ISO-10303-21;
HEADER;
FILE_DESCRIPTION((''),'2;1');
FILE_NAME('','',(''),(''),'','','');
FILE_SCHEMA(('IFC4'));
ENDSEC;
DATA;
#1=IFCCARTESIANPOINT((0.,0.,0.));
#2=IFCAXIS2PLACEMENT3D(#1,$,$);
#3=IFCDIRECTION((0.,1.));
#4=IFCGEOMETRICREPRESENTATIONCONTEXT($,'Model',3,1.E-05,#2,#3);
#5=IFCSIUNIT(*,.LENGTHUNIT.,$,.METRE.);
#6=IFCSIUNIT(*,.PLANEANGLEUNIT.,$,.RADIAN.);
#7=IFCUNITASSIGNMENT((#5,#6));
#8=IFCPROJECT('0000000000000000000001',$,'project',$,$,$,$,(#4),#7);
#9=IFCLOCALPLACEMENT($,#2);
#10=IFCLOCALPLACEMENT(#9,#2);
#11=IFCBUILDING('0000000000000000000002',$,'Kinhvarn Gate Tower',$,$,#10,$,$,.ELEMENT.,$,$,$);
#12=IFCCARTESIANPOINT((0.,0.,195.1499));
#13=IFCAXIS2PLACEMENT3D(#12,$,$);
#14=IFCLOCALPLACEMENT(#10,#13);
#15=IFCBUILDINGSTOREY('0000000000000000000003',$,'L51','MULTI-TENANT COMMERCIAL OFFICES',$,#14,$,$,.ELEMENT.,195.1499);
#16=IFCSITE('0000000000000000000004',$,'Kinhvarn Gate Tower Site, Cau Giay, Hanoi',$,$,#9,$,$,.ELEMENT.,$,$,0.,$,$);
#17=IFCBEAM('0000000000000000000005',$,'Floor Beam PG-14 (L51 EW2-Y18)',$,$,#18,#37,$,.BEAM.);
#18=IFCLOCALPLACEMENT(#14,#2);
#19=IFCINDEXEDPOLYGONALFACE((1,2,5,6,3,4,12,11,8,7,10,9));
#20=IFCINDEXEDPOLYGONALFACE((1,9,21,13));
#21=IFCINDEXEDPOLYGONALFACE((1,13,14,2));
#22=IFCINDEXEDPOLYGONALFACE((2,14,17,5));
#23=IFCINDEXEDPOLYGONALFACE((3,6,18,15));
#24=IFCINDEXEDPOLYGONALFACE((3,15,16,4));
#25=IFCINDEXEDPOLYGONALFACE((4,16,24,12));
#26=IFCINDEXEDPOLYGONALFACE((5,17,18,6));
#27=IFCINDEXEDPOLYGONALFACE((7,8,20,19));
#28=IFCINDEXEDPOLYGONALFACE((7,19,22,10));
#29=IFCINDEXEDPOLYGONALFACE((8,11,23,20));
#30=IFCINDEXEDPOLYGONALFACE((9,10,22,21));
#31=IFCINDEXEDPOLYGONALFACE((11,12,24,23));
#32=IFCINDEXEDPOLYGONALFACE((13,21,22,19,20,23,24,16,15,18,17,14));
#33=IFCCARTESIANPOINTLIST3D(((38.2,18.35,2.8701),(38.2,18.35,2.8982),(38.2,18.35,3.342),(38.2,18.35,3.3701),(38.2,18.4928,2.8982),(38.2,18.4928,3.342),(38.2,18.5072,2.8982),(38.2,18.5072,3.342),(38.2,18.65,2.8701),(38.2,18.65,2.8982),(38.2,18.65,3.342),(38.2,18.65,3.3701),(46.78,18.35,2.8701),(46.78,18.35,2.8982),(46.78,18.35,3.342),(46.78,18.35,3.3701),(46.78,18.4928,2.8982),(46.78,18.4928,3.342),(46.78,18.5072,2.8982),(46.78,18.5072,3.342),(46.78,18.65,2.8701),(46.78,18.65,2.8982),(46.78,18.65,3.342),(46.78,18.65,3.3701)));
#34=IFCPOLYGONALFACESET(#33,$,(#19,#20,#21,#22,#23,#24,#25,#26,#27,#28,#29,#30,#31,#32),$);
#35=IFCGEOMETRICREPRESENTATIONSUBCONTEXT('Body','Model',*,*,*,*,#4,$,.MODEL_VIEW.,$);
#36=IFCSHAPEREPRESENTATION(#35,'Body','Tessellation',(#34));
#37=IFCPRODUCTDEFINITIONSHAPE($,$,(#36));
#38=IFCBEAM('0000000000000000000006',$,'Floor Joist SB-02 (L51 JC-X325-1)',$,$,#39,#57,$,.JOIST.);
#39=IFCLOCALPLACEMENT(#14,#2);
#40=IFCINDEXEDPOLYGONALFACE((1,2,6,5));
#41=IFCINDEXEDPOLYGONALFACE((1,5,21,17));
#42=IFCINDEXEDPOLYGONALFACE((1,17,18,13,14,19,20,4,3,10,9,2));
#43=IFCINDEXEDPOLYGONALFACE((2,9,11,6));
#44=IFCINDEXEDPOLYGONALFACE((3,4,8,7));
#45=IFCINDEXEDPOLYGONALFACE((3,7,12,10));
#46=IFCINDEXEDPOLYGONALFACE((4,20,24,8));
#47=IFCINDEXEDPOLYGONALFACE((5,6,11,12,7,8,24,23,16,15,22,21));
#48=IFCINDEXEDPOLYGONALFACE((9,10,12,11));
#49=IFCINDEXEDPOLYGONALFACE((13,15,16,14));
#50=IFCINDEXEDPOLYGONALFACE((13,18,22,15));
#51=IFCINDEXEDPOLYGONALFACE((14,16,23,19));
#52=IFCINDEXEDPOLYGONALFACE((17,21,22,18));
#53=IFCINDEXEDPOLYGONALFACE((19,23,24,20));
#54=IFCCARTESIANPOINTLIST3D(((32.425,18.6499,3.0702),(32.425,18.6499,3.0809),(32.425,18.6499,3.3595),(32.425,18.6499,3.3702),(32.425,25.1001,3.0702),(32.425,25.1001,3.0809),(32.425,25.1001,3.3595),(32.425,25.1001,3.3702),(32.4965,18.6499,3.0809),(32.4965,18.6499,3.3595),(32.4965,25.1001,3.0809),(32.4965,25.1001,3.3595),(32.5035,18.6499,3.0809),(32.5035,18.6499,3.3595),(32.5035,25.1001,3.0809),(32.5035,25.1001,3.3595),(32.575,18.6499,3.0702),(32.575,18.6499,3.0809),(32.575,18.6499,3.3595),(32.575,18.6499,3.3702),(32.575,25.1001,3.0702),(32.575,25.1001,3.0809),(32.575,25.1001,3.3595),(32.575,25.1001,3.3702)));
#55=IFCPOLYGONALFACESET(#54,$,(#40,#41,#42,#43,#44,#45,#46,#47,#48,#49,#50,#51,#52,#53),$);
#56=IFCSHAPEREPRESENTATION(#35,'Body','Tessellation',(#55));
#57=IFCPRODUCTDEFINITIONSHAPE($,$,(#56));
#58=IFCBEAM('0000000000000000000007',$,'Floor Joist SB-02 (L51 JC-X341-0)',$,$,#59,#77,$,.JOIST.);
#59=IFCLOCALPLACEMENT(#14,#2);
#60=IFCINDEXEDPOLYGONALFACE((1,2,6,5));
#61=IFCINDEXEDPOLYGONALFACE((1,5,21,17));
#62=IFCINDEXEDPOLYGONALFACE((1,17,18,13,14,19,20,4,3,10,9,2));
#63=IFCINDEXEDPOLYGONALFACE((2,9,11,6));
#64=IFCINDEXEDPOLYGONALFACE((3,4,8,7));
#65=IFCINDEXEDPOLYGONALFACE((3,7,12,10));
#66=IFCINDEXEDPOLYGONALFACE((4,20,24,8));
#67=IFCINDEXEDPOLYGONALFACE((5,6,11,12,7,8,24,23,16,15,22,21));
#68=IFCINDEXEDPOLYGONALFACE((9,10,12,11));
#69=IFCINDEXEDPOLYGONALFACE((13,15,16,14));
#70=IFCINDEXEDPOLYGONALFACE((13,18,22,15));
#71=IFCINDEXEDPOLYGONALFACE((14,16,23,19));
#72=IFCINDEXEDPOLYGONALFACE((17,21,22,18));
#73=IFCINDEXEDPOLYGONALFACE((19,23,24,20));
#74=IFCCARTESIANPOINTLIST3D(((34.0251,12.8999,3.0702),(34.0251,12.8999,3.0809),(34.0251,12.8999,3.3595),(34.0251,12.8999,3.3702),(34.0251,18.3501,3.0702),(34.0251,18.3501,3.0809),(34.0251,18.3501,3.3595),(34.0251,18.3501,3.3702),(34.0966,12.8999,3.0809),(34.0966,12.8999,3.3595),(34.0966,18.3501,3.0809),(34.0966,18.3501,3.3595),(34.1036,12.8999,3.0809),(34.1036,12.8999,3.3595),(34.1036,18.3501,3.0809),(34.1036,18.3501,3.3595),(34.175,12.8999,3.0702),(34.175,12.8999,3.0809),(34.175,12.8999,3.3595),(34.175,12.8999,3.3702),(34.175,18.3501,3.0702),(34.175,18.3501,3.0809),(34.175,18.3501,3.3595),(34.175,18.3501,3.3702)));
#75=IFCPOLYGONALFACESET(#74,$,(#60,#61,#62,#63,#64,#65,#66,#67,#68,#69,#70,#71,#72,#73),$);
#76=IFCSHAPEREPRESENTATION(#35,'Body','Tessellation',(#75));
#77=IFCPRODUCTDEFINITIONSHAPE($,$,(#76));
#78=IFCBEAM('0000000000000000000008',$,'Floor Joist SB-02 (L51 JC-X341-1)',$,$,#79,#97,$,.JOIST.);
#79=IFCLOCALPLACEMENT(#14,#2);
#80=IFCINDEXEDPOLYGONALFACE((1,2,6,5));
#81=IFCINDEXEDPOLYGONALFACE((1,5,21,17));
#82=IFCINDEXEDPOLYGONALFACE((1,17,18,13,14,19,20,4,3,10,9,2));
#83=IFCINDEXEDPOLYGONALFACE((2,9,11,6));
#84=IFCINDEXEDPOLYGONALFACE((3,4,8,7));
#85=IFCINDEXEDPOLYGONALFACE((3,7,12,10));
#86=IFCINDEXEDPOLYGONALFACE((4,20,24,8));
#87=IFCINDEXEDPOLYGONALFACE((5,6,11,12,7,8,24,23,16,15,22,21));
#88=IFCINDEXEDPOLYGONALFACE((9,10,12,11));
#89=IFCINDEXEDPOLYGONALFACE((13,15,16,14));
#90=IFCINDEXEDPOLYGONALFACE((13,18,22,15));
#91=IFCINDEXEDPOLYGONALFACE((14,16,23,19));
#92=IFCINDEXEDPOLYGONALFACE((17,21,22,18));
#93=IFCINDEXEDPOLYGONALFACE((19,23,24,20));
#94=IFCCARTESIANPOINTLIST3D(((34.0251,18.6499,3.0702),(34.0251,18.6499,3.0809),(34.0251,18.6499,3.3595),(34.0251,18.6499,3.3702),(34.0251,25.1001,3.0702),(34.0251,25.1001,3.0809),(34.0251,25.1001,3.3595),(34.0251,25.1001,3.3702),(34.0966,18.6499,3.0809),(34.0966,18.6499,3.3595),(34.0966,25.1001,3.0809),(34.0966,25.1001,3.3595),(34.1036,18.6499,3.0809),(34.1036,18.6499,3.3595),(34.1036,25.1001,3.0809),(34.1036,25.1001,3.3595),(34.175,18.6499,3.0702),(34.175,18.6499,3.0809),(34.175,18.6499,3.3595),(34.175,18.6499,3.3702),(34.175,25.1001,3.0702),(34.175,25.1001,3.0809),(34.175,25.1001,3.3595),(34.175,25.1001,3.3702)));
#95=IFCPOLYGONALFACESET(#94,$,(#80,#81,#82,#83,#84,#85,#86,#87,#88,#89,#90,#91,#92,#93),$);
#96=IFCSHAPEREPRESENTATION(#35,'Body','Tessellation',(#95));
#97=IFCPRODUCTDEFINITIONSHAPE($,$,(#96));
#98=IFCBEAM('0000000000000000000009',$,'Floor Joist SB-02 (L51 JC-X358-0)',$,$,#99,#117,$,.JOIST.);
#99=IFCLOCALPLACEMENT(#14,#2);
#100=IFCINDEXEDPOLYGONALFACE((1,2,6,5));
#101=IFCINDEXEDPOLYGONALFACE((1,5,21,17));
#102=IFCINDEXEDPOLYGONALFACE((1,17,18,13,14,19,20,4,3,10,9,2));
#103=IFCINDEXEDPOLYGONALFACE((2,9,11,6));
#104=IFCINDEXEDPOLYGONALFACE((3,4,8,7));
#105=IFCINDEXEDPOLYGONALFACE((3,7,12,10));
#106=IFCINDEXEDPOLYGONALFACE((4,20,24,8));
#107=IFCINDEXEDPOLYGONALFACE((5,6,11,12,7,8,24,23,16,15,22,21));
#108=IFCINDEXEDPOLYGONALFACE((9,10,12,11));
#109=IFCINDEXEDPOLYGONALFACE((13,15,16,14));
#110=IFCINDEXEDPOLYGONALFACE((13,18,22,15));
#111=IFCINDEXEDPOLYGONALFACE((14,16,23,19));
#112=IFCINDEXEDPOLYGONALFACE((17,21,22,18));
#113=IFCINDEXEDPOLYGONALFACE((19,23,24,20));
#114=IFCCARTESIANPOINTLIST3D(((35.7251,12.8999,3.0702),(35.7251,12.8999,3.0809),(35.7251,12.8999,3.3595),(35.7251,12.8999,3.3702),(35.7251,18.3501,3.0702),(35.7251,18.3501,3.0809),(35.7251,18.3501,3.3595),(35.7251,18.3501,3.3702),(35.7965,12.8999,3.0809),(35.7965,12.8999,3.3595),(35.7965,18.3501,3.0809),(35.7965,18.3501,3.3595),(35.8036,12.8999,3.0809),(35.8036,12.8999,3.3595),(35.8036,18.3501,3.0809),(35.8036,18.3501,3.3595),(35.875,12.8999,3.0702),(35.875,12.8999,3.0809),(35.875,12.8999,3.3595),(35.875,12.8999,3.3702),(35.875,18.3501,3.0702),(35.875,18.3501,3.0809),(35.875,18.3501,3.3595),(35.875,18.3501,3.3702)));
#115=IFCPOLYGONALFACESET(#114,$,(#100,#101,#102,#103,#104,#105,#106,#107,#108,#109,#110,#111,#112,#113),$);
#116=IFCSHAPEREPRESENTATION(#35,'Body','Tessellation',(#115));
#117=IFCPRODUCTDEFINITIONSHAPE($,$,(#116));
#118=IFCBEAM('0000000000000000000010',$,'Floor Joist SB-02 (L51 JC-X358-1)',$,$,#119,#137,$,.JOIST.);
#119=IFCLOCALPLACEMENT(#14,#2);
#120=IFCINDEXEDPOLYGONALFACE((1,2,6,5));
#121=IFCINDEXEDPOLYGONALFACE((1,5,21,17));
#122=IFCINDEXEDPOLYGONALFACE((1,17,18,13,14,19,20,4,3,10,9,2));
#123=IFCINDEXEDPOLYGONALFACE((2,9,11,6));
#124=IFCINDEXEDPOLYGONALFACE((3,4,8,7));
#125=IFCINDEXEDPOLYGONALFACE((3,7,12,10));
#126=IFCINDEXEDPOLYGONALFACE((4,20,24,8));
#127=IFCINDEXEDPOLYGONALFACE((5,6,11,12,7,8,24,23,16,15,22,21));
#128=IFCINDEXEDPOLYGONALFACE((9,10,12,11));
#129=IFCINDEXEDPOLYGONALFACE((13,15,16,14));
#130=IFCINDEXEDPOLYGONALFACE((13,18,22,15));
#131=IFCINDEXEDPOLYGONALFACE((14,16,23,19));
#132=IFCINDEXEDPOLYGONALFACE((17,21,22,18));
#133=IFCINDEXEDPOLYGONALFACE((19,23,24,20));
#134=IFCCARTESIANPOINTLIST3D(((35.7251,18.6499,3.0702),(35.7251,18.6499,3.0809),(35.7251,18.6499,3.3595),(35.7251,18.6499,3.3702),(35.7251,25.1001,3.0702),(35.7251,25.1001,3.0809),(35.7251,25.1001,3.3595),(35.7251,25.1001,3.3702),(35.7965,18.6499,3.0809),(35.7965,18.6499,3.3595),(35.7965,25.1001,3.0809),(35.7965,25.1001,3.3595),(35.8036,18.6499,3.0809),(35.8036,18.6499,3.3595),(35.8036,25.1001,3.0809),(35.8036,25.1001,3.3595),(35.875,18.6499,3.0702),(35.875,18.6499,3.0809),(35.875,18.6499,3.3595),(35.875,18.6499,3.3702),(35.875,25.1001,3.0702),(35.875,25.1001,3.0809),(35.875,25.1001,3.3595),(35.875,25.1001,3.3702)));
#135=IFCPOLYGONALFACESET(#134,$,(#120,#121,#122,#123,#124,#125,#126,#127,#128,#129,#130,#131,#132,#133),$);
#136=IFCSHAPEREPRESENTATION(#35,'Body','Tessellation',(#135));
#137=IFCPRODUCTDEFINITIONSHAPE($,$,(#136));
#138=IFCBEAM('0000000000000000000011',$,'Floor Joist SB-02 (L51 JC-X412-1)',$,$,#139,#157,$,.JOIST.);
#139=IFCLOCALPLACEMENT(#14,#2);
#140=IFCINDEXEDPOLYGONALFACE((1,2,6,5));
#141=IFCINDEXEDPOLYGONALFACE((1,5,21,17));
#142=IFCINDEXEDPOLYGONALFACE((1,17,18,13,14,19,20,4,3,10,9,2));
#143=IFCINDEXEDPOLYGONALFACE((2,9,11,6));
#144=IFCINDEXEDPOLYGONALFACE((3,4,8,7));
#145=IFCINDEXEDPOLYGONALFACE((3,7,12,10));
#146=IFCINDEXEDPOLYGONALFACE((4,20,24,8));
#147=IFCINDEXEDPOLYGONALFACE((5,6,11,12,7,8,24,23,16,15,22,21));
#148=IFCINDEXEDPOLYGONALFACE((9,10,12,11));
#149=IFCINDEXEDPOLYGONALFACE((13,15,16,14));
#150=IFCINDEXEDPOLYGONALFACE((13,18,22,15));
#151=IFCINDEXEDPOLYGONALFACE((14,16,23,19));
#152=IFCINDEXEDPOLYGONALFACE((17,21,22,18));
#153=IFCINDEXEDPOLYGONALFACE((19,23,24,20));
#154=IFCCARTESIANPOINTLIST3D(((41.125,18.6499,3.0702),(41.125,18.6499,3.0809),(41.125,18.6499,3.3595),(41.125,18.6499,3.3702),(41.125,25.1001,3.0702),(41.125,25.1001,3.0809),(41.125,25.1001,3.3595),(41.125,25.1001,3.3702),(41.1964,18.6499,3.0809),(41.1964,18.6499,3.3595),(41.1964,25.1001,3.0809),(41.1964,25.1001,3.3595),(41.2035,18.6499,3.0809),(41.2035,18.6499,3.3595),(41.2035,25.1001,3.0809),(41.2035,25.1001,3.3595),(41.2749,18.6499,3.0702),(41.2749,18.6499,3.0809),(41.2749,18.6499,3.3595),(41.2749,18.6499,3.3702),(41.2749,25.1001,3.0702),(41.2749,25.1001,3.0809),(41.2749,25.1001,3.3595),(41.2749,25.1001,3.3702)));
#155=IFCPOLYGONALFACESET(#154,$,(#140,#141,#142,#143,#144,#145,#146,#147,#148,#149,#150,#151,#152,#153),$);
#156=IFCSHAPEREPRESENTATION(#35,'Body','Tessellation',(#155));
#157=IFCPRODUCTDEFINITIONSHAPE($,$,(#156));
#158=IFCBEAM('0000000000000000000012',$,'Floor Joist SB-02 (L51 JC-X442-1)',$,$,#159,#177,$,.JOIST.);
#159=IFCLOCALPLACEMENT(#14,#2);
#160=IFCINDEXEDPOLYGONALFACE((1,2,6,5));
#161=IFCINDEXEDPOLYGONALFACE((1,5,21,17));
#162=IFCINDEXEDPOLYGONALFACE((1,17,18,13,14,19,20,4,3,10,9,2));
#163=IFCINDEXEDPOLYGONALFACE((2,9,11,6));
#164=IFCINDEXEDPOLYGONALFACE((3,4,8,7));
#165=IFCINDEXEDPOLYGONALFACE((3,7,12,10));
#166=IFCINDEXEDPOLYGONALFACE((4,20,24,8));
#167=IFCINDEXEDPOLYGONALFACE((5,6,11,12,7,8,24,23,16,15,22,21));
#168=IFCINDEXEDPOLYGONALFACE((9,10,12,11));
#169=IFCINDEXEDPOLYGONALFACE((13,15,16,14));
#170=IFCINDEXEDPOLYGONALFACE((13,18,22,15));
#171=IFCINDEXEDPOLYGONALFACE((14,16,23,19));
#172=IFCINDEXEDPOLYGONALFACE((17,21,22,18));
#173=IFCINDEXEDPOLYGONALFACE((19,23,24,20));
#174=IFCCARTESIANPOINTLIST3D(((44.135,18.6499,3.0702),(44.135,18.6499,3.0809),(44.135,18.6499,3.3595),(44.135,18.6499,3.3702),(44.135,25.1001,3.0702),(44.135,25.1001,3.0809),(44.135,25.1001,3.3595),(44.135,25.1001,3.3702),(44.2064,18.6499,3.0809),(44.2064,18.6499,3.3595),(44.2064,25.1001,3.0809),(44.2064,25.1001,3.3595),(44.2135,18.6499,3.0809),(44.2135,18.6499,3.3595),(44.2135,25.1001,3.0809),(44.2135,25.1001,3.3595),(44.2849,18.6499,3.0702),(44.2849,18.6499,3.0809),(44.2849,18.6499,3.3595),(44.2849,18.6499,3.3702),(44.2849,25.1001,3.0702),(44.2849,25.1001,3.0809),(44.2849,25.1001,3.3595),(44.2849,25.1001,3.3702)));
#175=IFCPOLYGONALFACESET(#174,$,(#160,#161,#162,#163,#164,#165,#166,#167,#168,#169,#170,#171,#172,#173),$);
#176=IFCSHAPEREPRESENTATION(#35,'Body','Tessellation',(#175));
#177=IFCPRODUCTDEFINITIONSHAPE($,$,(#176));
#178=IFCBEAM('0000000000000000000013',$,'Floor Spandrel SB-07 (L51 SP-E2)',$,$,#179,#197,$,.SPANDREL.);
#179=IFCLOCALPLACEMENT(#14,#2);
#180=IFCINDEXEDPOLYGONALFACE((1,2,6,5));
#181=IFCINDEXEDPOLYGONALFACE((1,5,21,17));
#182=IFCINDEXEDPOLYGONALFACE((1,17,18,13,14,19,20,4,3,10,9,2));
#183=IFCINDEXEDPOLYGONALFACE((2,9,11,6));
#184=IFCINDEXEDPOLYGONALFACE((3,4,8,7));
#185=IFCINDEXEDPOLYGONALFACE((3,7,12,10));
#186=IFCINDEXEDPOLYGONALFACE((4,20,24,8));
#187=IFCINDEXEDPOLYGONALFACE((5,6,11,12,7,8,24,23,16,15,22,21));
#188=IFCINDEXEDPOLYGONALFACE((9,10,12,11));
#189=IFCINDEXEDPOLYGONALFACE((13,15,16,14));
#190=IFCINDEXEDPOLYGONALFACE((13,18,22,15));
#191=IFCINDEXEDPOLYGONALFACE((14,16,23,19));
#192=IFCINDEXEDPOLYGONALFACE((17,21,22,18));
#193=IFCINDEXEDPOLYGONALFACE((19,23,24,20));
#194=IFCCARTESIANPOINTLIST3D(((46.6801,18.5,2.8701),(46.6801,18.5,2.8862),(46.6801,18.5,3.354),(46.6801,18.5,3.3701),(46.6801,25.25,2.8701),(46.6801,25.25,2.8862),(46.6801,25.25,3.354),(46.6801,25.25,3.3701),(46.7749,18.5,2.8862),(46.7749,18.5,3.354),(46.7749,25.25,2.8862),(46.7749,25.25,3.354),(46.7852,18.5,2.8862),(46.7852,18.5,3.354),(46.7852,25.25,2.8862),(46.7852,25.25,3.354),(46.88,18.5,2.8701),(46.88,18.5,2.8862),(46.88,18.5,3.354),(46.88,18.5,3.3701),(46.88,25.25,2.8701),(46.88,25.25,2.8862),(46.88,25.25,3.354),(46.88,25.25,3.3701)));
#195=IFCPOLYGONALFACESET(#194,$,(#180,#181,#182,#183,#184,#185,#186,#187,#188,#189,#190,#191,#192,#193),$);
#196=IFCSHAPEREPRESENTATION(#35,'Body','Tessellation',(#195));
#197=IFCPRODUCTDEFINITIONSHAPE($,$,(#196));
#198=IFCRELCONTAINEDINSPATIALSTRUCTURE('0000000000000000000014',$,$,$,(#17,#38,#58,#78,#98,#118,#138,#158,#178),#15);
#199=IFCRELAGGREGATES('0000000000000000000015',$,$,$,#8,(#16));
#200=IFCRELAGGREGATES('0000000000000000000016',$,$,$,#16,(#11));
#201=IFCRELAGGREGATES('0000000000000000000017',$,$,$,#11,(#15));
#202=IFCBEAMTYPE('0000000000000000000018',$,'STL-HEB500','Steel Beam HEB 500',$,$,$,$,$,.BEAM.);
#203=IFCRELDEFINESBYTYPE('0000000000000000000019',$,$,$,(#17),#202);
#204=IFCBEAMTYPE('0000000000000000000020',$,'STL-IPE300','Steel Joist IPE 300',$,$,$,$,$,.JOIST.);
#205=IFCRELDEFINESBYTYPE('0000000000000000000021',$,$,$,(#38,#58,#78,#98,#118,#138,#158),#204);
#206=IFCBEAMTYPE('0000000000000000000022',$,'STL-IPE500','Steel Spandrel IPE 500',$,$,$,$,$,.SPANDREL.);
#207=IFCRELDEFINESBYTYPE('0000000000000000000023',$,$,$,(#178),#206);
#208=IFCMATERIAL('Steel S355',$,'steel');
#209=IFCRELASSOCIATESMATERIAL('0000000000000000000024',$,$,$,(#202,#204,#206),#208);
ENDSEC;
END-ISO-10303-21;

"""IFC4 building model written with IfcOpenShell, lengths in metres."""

from ifc_helpers import new_model, si_unit, direction, frame, origin, origin_2d, place, context, subcontext, project, spatial, i_section, extrude, material, material_profile, profile_set, type_object, element, save


model = new_model("IFC4")

# Units and contexts
model_context = context("Model", 3, precision=1e-05, world=origin(), true_north=direction((0.0, 1.0)))
body_context = subcontext(model_context, "Body", "Model", "MODEL_VIEW")
ifc_project = project(units=[si_unit("LENGTHUNIT", "METRE"), si_unit("PLANEANGLEUNIT", "RADIAN")], contexts=[model_context])

# Site, building, storey
site_placement = place(None, origin())
site = spatial("IfcSite", under=ifc_project, at=site_placement, Name="Kinhvarn Gate Tower Site, Cau Giay, Hanoi", CompositionType="ELEMENT", RefElevation=0.0)
building_placement = place(site_placement, origin())
building = spatial("IfcBuilding", under=site, at=building_placement, Name="Kinhvarn Gate Tower", CompositionType="ELEMENT")
storey_placement = place(building_placement, frame((0.0, 0.0, 195.1499)))
storey = spatial("IfcBuildingStorey", under=building, at=storey_placement, Name="L51", Description="MULTI-TENANT COMMERCIAL OFFICES", CompositionType="ELEMENT", Elevation=195.1499)

# Beams
ifc_material_1 = material(Name="Steel S355", Category="steel")
ifc_material_profile_1 = material_profile(ifc_material_1, i_section(OverallWidth=0.3, OverallDepth=0.5, WebThickness=0.0144, FlangeThickness=0.0281, at=origin_2d()), Name="HEB 500")
ifc_profile_set_1 = profile_set([ifc_material_profile_1], Name="Steel S355")
beam_type_1 = type_object("IfcBeamType", Name="STL-HEB500", Description="Steel Beam HEB 500", PredefinedType="BEAM", material=ifc_profile_set_1)
beam_1_placement = place(storey_placement, frame((38.2, 18.5, 3.1201), z_axis=(1.0, 0.0, 0.0), x_axis=(0.0, 1.0, 0.0)))
element("IfcBeam", 1, at=beam_1_placement, inside=storey, type_object=beam_type_1, Name="Floor Beam PG-14 (L51 EW2-Y18)", PredefinedType="BEAM", context=body_context, shape_type="SweptSolid", body=[
    extrude(i_section(OverallWidth=0.3, OverallDepth=0.5, WebThickness=0.0144, FlangeThickness=0.0281, at=origin_2d()), origin(), (0.0, 0.0, 1.0), 8.5801),
])
ifc_material_profile_2 = material_profile(ifc_material_1, i_section(OverallWidth=0.1499, OverallDepth=0.3, WebThickness=0.0071, FlangeThickness=0.0107, at=origin_2d()), Name="IPE 300")
ifc_profile_set_2 = profile_set([ifc_material_profile_2], Name="Steel S355")
beam_type_2 = type_object("IfcBeamType", Name="STL-IPE300", Description="Steel Joist IPE 300", PredefinedType="JOIST", material=ifc_profile_set_2)
beam_2_placement = place(storey_placement, frame((32.5, 18.6499, 3.2202), z_axis=(0.0, 1.0, 0.0), x_axis=(-1.0, 0.0, 0.0)))
element("IfcBeam", 2, at=beam_2_placement, inside=storey, type_object=beam_type_2, Name="Floor Joist SB-02 (L51 JC-X325-1)", PredefinedType="JOIST", context=body_context, shape_type="SweptSolid", body=[
    extrude(i_section(OverallWidth=0.1499, OverallDepth=0.3, WebThickness=0.0071, FlangeThickness=0.0107, at=origin_2d()), origin(), (0.0, 0.0, 1.0), 6.4502),
])
beam_3_placement = place(storey_placement, frame((34.1001, 12.8999, 3.2202), z_axis=(0.0, 1.0, 0.0), x_axis=(-1.0, 0.0, 0.0)))
element("IfcBeam", 3, at=beam_3_placement, inside=storey, type_object=beam_type_2, Name="Floor Joist SB-02 (L51 JC-X341-0)", PredefinedType="JOIST", context=body_context, shape_type="SweptSolid", body=[
    extrude(i_section(OverallWidth=0.1499, OverallDepth=0.3, WebThickness=0.0071, FlangeThickness=0.0107, at=origin_2d()), origin(), (0.0, 0.0, 1.0), 5.4502),
])
beam_4_placement = place(storey_placement, frame((34.1001, 18.6499, 3.2202), z_axis=(0.0, 1.0, 0.0), x_axis=(-1.0, 0.0, 0.0)))
element("IfcBeam", 4, at=beam_4_placement, inside=storey, type_object=beam_type_2, Name="Floor Joist SB-02 (L51 JC-X341-1)", PredefinedType="JOIST", context=body_context, shape_type="SweptSolid", body=[
    extrude(i_section(OverallWidth=0.1499, OverallDepth=0.3, WebThickness=0.0071, FlangeThickness=0.0107, at=origin_2d()), origin(), (0.0, 0.0, 1.0), 6.4502),
])
beam_5_placement = place(storey_placement, frame((35.8, 12.8999, 3.2202), z_axis=(0.0, 1.0, 0.0), x_axis=(-1.0, 0.0, 0.0)))
element("IfcBeam", 5, at=beam_5_placement, inside=storey, type_object=beam_type_2, Name="Floor Joist SB-02 (L51 JC-X358-0)", PredefinedType="JOIST", context=body_context, shape_type="SweptSolid", body=[
    extrude(i_section(OverallWidth=0.1499, OverallDepth=0.3, WebThickness=0.0071, FlangeThickness=0.0107, at=origin_2d()), origin(), (0.0, 0.0, 1.0), 5.4502),
])
for number, where, z_axis, x_axis, name in (
    (6, (35.8, 18.6499, 3.2202), (0.0, 1.0, 0.0), (-1.0, 0.0, 0.0), "Floor Joist SB-02 (L51 JC-X358-1)"),
    (7, (41.2, 18.6499, 3.2202), (0.0, 1.0, 0.0), (-1.0, 0.0, 0.0), "Floor Joist SB-02 (L51 JC-X412-1)"),
    (8, (44.21, 18.6499, 3.2202), (0.0, 1.0, 0.0), (-1.0, 0.0, 0.0), "Floor Joist SB-02 (L51 JC-X442-1)"),
):
    element("IfcBeam", number, at=place(storey_placement, frame(where, z_axis=z_axis, x_axis=x_axis)), inside=storey, type_object=beam_type_2, Name=name, PredefinedType="JOIST", context=body_context, shape_type="SweptSolid", body=[
        extrude(i_section(OverallWidth=0.1499, OverallDepth=0.3, WebThickness=0.0071, FlangeThickness=0.0107, at=origin_2d()), origin(), (0.0, 0.0, 1.0), 6.4502),
    ])
ifc_material_profile_3 = material_profile(ifc_material_1, i_section(OverallWidth=0.2, OverallDepth=0.5, WebThickness=0.0103, FlangeThickness=0.0161, at=origin_2d()), Name="IPE 500")
ifc_profile_set_3 = profile_set([ifc_material_profile_3], Name="Steel S355")
beam_type_3 = type_object("IfcBeamType", Name="STL-IPE500", Description="Steel Spandrel IPE 500", PredefinedType="SPANDREL", material=ifc_profile_set_3)
beam_6_placement = place(storey_placement, frame((46.78, 18.5, 3.1201), z_axis=(0.0, 1.0, 0.0), x_axis=(-1.0, 0.0, 0.0)))
element("IfcBeam", 9, at=beam_6_placement, inside=storey, type_object=beam_type_3, Name="Floor Spandrel SB-07 (L51 SP-E2)", PredefinedType="SPANDREL", context=body_context, shape_type="SweptSolid", body=[
    extrude(i_section(OverallWidth=0.2, OverallDepth=0.5, WebThickness=0.0103, FlangeThickness=0.0161, at=origin_2d()), origin(), (0.0, 0.0, 1.0), 6.75),
])

save(model, "model.ifc")
